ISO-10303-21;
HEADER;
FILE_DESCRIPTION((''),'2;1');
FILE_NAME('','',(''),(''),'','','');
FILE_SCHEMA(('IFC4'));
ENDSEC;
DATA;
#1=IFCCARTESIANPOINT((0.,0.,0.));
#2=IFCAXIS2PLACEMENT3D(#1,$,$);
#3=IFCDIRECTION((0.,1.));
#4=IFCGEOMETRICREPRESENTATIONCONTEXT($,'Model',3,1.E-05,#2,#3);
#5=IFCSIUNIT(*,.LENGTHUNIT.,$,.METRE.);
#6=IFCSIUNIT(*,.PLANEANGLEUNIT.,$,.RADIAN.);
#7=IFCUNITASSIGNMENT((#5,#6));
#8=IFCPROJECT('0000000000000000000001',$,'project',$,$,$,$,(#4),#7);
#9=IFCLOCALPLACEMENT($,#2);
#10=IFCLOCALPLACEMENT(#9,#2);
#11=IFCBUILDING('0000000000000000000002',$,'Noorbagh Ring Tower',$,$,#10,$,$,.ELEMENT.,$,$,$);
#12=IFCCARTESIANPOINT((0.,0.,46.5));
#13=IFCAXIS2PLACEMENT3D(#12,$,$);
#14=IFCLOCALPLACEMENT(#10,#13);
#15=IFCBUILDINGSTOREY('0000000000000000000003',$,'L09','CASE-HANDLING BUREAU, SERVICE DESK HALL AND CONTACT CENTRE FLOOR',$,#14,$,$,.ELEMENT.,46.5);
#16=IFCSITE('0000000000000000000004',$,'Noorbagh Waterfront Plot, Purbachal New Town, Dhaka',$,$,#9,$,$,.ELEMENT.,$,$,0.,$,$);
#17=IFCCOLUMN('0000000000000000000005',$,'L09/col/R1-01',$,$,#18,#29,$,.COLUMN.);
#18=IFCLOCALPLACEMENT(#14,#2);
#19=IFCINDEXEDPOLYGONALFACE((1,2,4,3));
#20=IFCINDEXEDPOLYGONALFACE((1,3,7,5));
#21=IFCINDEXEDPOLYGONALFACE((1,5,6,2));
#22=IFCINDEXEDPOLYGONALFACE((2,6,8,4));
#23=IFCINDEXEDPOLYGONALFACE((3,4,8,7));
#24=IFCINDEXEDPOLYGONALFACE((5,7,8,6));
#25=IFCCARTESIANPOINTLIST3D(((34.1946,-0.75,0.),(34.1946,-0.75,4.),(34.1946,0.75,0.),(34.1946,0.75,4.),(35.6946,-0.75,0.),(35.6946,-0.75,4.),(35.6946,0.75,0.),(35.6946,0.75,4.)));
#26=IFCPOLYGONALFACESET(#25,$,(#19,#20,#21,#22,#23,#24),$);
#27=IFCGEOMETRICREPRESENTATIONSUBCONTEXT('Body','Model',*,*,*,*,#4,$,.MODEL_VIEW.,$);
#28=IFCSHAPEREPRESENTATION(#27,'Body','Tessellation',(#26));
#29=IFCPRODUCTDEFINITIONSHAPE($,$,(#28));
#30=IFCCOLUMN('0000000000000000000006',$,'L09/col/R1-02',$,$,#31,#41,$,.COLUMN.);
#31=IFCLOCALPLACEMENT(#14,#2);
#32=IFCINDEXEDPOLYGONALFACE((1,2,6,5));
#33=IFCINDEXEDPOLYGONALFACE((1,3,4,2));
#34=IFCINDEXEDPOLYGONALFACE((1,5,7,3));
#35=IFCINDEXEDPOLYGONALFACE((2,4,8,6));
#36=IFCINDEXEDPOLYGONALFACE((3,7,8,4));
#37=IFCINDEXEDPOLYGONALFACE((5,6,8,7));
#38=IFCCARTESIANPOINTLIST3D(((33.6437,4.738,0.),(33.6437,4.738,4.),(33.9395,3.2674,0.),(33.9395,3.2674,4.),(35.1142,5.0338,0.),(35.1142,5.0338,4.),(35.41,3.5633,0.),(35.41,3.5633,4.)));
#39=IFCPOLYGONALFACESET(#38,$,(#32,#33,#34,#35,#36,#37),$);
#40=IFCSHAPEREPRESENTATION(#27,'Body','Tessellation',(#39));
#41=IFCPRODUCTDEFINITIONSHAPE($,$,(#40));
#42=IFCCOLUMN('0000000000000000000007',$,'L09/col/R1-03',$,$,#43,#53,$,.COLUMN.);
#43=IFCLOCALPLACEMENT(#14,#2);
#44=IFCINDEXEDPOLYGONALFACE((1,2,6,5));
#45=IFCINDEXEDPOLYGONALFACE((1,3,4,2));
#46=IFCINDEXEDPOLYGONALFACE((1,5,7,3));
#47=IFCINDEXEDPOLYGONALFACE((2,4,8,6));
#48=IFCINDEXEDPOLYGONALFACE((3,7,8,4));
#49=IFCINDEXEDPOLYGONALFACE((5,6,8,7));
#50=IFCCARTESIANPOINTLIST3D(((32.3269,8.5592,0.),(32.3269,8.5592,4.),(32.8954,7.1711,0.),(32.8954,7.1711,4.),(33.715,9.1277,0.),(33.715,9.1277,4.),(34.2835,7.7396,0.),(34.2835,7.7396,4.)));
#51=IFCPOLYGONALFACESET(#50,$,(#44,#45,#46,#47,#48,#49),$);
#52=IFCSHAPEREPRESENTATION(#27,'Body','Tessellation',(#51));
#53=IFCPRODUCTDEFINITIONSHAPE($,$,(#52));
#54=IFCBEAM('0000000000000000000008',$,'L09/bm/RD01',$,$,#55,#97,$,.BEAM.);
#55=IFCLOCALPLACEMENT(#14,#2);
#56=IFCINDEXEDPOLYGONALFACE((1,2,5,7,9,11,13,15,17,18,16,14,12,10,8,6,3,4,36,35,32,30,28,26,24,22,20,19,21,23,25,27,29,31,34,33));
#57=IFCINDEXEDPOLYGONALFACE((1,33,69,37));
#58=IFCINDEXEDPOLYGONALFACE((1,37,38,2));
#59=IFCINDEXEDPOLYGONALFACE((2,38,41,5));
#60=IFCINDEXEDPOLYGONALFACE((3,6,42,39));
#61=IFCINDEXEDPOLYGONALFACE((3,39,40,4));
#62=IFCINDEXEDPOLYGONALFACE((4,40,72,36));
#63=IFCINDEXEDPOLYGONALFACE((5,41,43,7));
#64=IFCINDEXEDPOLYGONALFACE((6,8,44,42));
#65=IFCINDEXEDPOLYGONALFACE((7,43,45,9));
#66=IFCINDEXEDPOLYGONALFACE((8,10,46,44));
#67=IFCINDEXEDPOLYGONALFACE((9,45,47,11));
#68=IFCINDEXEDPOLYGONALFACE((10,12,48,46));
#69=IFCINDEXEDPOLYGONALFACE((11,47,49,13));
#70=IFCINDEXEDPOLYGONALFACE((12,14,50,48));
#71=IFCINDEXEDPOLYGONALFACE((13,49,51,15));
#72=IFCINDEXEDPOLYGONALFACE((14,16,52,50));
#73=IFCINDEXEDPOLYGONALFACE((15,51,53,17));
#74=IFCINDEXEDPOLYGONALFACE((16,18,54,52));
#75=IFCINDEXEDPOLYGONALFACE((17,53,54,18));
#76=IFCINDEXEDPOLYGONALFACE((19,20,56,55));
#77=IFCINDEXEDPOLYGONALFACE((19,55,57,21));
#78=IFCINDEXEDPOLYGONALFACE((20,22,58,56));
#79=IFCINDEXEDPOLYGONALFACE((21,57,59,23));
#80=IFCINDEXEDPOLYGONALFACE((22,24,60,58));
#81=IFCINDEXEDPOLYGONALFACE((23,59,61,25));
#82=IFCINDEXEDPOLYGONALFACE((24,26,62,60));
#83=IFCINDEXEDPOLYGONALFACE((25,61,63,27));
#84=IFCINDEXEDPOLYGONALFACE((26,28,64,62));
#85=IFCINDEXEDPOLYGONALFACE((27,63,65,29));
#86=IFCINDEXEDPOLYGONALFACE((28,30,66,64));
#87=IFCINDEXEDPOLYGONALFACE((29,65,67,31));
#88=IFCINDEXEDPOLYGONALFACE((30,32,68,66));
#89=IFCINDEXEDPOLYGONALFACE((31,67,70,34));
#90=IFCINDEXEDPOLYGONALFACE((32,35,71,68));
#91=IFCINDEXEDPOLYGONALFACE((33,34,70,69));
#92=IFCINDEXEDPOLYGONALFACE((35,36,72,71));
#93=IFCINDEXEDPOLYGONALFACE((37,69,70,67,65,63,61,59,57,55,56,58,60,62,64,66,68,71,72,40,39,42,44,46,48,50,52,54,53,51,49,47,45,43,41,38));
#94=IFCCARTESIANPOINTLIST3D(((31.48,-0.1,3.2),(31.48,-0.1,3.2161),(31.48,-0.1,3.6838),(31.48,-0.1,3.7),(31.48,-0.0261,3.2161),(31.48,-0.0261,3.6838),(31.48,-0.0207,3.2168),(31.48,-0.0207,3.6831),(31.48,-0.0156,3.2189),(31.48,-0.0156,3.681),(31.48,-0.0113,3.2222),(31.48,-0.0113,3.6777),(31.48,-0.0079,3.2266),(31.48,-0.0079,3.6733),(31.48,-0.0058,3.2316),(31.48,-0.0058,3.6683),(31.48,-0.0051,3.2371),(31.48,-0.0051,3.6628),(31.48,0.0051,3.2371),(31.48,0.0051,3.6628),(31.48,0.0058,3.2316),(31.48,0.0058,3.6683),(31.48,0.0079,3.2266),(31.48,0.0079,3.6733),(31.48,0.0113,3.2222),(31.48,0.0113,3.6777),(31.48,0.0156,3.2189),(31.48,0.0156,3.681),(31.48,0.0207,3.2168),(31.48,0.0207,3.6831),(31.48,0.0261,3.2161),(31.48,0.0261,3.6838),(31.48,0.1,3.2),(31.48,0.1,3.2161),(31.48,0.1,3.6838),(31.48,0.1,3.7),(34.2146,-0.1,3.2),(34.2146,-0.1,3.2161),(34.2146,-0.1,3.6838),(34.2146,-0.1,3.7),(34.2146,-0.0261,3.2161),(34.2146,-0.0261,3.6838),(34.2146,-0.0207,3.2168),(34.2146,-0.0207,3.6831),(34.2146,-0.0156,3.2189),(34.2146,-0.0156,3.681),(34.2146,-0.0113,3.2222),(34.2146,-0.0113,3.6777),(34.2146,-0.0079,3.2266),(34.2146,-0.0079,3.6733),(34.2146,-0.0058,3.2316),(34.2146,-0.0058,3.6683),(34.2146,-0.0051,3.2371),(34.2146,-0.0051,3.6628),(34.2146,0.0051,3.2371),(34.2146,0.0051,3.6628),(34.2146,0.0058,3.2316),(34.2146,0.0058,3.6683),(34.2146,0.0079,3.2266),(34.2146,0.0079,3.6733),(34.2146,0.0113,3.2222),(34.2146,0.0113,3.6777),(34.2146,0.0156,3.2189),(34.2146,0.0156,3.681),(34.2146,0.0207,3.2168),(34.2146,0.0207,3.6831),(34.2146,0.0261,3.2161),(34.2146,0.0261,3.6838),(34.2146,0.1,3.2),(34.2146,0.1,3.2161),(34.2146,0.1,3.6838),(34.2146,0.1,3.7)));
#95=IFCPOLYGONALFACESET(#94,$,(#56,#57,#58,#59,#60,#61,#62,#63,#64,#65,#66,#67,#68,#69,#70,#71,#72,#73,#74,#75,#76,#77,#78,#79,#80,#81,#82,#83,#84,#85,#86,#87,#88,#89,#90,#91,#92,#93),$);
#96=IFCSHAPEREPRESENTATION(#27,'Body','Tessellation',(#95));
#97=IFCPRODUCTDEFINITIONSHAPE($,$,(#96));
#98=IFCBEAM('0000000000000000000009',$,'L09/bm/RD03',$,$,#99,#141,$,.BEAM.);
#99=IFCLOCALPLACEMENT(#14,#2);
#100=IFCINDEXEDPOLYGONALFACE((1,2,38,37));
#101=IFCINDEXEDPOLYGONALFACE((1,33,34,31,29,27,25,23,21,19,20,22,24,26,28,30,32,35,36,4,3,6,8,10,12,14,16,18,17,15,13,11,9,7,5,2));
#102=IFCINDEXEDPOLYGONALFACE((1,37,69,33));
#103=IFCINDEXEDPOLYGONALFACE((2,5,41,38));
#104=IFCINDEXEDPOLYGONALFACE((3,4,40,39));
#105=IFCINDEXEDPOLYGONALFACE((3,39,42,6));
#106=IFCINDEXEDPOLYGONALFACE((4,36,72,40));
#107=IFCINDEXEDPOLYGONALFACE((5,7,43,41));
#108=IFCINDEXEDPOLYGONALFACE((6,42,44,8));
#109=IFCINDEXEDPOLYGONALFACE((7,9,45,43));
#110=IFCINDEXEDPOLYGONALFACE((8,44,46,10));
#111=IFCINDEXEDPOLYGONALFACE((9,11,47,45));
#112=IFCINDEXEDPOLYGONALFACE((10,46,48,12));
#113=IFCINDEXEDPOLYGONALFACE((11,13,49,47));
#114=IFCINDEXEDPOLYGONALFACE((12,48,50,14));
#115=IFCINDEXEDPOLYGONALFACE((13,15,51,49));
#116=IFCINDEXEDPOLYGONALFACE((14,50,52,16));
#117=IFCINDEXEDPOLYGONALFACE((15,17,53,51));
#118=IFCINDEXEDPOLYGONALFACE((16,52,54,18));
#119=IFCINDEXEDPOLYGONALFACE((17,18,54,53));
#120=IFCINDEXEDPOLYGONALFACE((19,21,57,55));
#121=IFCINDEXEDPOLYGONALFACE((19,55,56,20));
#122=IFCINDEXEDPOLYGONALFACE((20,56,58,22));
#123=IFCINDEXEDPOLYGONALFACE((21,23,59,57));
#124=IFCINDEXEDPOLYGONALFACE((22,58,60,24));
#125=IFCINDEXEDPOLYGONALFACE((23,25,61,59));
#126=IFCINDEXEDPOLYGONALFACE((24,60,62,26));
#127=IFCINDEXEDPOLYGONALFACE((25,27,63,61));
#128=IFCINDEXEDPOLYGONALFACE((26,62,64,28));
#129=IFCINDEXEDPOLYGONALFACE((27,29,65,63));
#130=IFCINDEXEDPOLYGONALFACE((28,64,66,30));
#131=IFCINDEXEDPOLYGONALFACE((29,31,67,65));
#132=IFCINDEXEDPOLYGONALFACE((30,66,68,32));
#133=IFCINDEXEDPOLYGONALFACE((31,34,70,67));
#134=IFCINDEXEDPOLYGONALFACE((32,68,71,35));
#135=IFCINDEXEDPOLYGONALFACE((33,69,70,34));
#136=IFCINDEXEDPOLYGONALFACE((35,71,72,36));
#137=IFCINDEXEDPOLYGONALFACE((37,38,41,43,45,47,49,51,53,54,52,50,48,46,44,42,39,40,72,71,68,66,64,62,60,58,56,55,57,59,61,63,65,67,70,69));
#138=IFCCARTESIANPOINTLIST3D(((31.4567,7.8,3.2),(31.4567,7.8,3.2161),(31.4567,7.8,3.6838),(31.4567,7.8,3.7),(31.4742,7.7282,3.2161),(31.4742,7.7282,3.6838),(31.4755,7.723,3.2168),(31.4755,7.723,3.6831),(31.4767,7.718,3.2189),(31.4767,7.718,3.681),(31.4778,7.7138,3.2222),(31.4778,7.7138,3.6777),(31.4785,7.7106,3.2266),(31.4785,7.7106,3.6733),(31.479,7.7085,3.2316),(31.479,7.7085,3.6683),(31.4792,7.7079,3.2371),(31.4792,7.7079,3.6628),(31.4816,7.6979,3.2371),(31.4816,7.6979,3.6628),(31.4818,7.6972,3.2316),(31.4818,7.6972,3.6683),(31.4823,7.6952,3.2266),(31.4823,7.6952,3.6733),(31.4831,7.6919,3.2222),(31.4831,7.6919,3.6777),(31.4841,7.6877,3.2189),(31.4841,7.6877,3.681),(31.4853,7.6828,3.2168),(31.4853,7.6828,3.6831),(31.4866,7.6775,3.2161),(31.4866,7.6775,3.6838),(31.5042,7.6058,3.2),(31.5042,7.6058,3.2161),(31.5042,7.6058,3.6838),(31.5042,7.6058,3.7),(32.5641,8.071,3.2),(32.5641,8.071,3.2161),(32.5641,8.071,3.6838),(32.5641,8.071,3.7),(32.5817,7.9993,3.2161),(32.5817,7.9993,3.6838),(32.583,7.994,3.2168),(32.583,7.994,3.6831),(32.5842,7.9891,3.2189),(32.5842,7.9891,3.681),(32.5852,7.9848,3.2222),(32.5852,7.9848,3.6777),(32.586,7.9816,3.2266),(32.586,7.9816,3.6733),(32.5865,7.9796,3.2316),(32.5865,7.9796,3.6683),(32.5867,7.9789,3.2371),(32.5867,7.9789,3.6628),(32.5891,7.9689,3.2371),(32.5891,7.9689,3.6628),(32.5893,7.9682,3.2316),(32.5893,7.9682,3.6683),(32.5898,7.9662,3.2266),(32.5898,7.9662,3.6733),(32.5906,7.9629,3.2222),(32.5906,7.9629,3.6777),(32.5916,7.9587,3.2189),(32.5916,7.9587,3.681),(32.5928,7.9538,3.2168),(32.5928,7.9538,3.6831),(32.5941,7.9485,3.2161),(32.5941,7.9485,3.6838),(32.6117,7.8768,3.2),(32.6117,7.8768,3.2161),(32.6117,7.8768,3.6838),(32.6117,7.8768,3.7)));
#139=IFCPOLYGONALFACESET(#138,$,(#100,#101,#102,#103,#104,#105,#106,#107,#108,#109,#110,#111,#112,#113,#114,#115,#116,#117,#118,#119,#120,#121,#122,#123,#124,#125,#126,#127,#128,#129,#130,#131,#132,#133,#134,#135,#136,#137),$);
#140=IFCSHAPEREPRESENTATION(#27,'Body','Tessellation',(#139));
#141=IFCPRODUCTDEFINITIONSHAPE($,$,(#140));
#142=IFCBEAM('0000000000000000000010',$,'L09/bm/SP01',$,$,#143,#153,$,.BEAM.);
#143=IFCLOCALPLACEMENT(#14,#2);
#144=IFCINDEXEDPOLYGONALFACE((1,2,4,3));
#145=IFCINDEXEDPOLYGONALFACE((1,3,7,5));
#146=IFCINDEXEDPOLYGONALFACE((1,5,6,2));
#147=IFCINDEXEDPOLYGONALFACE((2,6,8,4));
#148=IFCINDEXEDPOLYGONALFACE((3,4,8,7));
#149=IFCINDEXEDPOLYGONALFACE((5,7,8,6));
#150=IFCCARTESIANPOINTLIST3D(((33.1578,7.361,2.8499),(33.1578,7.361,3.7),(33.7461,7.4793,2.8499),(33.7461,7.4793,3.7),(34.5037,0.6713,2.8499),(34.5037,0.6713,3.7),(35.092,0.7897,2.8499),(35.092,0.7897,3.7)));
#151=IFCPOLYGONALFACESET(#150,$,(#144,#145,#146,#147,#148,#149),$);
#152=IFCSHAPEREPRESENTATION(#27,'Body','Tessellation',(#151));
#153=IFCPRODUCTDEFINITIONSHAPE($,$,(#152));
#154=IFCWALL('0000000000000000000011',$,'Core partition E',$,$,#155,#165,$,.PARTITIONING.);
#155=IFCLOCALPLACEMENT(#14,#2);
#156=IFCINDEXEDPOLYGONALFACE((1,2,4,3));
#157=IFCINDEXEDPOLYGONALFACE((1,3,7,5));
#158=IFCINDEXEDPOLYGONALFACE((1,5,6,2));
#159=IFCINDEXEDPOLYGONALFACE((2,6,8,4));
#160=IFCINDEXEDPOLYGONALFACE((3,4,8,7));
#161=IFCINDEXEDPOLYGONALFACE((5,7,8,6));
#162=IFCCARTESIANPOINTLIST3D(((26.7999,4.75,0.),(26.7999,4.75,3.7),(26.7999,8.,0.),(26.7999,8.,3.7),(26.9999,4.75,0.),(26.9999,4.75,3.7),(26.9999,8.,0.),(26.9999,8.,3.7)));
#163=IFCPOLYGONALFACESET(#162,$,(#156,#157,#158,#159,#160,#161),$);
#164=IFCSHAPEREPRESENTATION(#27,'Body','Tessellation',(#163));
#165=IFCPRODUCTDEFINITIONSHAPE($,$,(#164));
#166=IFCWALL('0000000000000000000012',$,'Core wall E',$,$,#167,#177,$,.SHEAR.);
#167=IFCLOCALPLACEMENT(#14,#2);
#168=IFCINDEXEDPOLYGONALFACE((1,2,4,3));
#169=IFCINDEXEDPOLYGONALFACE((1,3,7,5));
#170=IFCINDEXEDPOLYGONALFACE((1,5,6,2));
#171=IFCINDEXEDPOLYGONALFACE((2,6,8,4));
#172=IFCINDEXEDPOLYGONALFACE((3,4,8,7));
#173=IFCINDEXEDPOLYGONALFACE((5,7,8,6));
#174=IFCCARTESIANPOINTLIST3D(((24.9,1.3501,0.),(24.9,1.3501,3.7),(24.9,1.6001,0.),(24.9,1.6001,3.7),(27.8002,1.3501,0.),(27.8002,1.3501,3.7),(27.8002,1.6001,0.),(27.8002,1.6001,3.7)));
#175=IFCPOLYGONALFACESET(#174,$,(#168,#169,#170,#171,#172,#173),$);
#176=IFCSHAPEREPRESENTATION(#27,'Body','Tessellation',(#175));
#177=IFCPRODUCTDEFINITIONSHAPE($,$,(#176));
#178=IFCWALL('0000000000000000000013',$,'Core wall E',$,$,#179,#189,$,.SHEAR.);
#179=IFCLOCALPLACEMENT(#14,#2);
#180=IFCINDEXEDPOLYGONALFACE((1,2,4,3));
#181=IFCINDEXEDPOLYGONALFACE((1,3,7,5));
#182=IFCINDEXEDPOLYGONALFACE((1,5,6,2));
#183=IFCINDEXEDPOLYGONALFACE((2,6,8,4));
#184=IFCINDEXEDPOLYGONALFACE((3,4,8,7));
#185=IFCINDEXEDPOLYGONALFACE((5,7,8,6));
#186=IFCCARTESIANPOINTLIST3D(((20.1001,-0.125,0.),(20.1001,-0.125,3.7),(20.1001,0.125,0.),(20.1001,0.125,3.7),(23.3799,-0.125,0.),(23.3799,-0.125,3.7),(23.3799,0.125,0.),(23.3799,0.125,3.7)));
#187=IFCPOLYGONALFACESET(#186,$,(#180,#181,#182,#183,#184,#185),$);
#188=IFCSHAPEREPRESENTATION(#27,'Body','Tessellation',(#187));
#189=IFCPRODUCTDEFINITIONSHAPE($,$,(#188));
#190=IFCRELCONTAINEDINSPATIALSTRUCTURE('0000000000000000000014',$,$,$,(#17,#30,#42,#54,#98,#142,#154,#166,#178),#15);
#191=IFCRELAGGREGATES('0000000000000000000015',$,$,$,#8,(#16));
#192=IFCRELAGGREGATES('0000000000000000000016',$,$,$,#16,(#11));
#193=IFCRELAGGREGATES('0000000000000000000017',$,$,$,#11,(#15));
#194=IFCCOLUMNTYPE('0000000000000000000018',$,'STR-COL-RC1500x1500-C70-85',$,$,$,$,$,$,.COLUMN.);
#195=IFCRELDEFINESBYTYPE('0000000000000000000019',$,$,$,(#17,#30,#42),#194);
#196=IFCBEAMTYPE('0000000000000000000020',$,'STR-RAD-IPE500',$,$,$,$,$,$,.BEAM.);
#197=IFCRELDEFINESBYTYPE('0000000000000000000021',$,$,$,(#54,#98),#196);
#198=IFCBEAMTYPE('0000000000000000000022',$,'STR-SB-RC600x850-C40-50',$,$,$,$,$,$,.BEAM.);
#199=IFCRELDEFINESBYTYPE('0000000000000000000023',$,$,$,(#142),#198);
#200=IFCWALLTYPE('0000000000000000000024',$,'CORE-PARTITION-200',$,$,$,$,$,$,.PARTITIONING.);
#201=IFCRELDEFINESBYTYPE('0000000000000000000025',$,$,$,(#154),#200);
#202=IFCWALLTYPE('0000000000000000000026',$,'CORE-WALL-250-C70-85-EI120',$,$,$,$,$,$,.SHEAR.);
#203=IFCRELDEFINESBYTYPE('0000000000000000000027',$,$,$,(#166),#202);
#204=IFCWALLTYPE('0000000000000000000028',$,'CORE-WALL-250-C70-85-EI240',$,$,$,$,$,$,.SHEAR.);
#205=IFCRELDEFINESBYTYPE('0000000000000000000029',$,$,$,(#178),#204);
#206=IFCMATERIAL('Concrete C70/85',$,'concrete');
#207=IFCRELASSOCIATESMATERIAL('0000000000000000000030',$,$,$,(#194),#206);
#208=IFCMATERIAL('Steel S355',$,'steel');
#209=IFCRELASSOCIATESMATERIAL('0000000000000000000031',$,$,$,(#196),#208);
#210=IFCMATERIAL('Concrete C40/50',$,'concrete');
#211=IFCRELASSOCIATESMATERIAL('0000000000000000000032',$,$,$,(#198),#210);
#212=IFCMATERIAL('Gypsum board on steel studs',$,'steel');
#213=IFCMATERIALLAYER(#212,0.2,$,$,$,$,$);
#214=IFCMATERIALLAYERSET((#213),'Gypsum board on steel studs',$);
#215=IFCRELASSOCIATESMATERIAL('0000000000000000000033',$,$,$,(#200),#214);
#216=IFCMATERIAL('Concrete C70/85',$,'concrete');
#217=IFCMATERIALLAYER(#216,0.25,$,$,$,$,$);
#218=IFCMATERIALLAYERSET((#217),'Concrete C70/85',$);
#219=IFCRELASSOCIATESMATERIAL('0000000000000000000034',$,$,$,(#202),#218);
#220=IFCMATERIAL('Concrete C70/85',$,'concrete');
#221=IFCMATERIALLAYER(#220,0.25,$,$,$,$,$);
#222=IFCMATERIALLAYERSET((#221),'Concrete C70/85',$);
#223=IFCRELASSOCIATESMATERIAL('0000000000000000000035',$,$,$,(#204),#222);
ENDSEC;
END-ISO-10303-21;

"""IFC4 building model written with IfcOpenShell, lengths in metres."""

from ifc_helpers import new_model, si_unit, direction, frame, frame_2d, origin, origin_2d, place, context, subcontext, project, spatial, rectangle, i_section, extrude, material, layer, layer_set, material_profile, profile_set, type_object, element, save


model = new_model("IFC4")

# Units and contexts
model_context = context("Model", 3, precision=1e-05, world=origin(), true_north=direction((0.0, 1.0)))
body_context = subcontext(model_context, "Body", "Model", "MODEL_VIEW")
ifc_project = project(units=[si_unit("LENGTHUNIT", "METRE"), si_unit("PLANEANGLEUNIT", "RADIAN")], contexts=[model_context])

# Site, building, storey
site_placement = place(None, origin())
site = spatial("IfcSite", under=ifc_project, at=site_placement, Name="Noorbagh Waterfront Plot, Purbachal New Town, Dhaka", CompositionType="ELEMENT", RefElevation=0.0)
building_placement = place(site_placement, origin())
building = spatial("IfcBuilding", under=site, at=building_placement, Name="Noorbagh Ring Tower", CompositionType="ELEMENT")
storey_placement = place(building_placement, frame((0.0, 0.0, 46.5)))
storey = spatial("IfcBuildingStorey", under=building, at=storey_placement, Name="L09", Description="CASE-HANDLING BUREAU, SERVICE DESK HALL AND CONTACT CENTRE FLOOR", CompositionType="ELEMENT", Elevation=46.5)

# Columns
ifc_material_1 = material(Name="Concrete C70/85", Category="concrete")
ifc_material_profile_1 = material_profile(ifc_material_1, rectangle(XDim=1.5, YDim=1.5, at=origin_2d()), Name="RC1500x1500")
ifc_profile_set_1 = profile_set([ifc_material_profile_1], Name="Concrete C70/85")
column_type = type_object("IfcColumnType", Name="STR-COL-RC1500x1500-C70-85", PredefinedType="COLUMN", material=ifc_profile_set_1)
for number, where, z_axis, x_axis, name in (
    (1, (34.9446, 0.0, 0.0), (0.0, 0.0, 1.0), (0.0, 1.0, 0.0), "L09/col/R1-01"),
    (2, (34.5269, 4.1506, 0.0), (0.0, 0.0, 1.0), (-0.19723, 0.980357, 0.0), "L09/col/R1-02"),
    (3, (33.3052, 8.1494, 0.0), (0.0, 0.0, 1.0), (-0.378989, 0.925401, 0.0), "L09/col/R1-03"),
):
    element("IfcColumn", number, at=place(storey_placement, frame(where, z_axis=z_axis, x_axis=x_axis)), inside=storey, type_object=column_type, Name=name, PredefinedType="COLUMN", context=body_context, shape_type="SweptSolid", body=[
        extrude(rectangle(XDim=1.5, YDim=1.5, at=origin_2d()), origin(), (0.0, 0.0, 1.0), 4.0),
    ])

# Beams
ifc_material_2 = material(Name="Steel S355", Category="steel")
ifc_material_profile_2 = material_profile(ifc_material_2, i_section(OverallWidth=0.2, OverallDepth=0.5, WebThickness=0.0103, FlangeThickness=0.0161, FilletRadius=0.021, at=origin_2d()), Name="IPE500")
ifc_profile_set_2 = profile_set([ifc_material_profile_2], Name="Steel S355")
beam_type_1 = type_object("IfcBeamType", Name="STR-RAD-IPE500", PredefinedType="BEAM", material=ifc_profile_set_2)
beam_1_placement = place(storey_placement, frame((34.2146, 0.0, 3.45), z_axis=(-1.0, 0.0, 0.0), x_axis=(0.0, -1.0, 0.0)))
element("IfcBeam", 4, at=beam_1_placement, inside=storey, type_object=beam_type_1, Name="L09/bm/RD01", PredefinedType="BEAM", context=body_context, shape_type="SweptSolid", body=[
    extrude(i_section(OverallWidth=0.2, OverallDepth=0.5, WebThickness=0.0103, FlangeThickness=0.0161, FilletRadius=0.021, at=origin_2d()), origin(), (0.0, 0.0, 1.0), 2.7346),
])
beam_2_placement = place(storey_placement, frame((32.5879, 7.9739, 3.45), z_axis=(-0.97134, -0.237696, 0.0), x_axis=(0.237696, -0.97134, 0.0)))
element("IfcBeam", 5, at=beam_2_placement, inside=storey, type_object=beam_type_1, Name="L09/bm/RD03", PredefinedType="BEAM", context=body_context, shape_type="SweptSolid", body=[
    extrude(i_section(OverallWidth=0.2, OverallDepth=0.5, WebThickness=0.0103, FlangeThickness=0.0161, FilletRadius=0.021, at=origin_2d()), origin(), (0.0, 0.0, 1.0), 1.1401),
])
ifc_material_3 = material(Name="Concrete C40/50", Category="concrete")
ifc_material_profile_3 = material_profile(ifc_material_3, rectangle(XDim=0.6001, YDim=0.8501, at=origin_2d()), Name="RC600x850")
ifc_profile_set_3 = profile_set([ifc_material_profile_3], Name="Concrete C40/50")
beam_type_2 = type_object("IfcBeamType", Name="STR-SB-RC600x850-C40-50", PredefinedType="BEAM", material=ifc_profile_set_3)
beam_3_placement = place(storey_placement, frame((34.7979, 0.7305, 3.2749), z_axis=(-0.197244, 0.980354, 0.0), x_axis=(-0.980354, -0.197244, 0.0)))
element("IfcBeam", 6, at=beam_3_placement, inside=storey, type_object=beam_type_2, Name="L09/bm/SP01", PredefinedType="BEAM", context=body_context, shape_type="SweptSolid", body=[
    extrude(rectangle(XDim=0.6001, YDim=0.8501, at=origin_2d()), origin(), (0.0, 0.0, 1.0), 6.8237),
])

# Walls
ifc_material_4 = material(Name="Gypsum board on steel studs", Category="steel")
ifc_layer_1 = layer(ifc_material_4, 0.2)
ifc_layer_set_1 = layer_set([ifc_layer_1], Name="Gypsum board on steel studs")
wall_type_1 = type_object("IfcWallType", Name="CORE-PARTITION-200", PredefinedType="PARTITIONING", material=ifc_layer_set_1)
wall_1_placement = place(storey_placement, frame((26.8999, 4.75, 0.0), z_axis=(0.0, 0.0, 1.0), x_axis=(0.0, 1.0, 0.0)))
element("IfcWall", 7, at=wall_1_placement, inside=storey, type_object=wall_type_1, Name="Core partition E", PredefinedType="PARTITIONING", context=body_context, shape_type="SweptSolid", body=[
    extrude(rectangle(XDim=3.25, YDim=0.2, at=frame_2d((1.625, 0.0))), origin(), (0.0, 0.0, 1.0), 3.7),
])
ifc_material_5 = material(Name="Concrete C70/85", Category="concrete")
ifc_layer_2 = layer(ifc_material_5, 0.25)
ifc_layer_set_2 = layer_set([ifc_layer_2], Name="Concrete C70/85")
wall_type_2 = type_object("IfcWallType", Name="CORE-WALL-250-C70-85-EI120", PredefinedType="SHEAR", material=ifc_layer_set_2)
wall_2_placement = place(storey_placement, frame((24.8999, 1.4751, 0.0), z_axis=(0.0, 0.0, 1.0), x_axis=(1.0, 0.0, 0.0)))
element("IfcWall", 8, at=wall_2_placement, inside=storey, type_object=wall_type_2, Name="Core wall E", PredefinedType="SHEAR", context=body_context, shape_type="SweptSolid", body=[
    extrude(rectangle(XDim=2.9001, YDim=0.25, at=frame_2d((1.4502, 0.0))), origin(), (0.0, 0.0, 1.0), 3.7),
])
ifc_material_6 = material(Name="Concrete C70/85", Category="concrete")
ifc_layer_3 = layer(ifc_material_6, 0.25)
ifc_layer_set_3 = layer_set([ifc_layer_3], Name="Concrete C70/85")
wall_type_3 = type_object("IfcWallType", Name="CORE-WALL-250-C70-85-EI240", PredefinedType="SHEAR", material=ifc_layer_set_3)
wall_3_placement = place(storey_placement, frame((20.1001, 0.0, 0.0), z_axis=(0.0, 0.0, 1.0), x_axis=(1.0, 0.0, 0.0)))
element("IfcWall", 9, at=wall_3_placement, inside=storey, type_object=wall_type_3, Name="Core wall E", PredefinedType="SHEAR", context=body_context, shape_type="SweptSolid", body=[
    extrude(rectangle(XDim=3.2798, YDim=0.25, at=frame_2d((1.6399, 0.0))), origin(), (0.0, 0.0, 1.0), 3.7),
])

save(model, "model.ifc")
